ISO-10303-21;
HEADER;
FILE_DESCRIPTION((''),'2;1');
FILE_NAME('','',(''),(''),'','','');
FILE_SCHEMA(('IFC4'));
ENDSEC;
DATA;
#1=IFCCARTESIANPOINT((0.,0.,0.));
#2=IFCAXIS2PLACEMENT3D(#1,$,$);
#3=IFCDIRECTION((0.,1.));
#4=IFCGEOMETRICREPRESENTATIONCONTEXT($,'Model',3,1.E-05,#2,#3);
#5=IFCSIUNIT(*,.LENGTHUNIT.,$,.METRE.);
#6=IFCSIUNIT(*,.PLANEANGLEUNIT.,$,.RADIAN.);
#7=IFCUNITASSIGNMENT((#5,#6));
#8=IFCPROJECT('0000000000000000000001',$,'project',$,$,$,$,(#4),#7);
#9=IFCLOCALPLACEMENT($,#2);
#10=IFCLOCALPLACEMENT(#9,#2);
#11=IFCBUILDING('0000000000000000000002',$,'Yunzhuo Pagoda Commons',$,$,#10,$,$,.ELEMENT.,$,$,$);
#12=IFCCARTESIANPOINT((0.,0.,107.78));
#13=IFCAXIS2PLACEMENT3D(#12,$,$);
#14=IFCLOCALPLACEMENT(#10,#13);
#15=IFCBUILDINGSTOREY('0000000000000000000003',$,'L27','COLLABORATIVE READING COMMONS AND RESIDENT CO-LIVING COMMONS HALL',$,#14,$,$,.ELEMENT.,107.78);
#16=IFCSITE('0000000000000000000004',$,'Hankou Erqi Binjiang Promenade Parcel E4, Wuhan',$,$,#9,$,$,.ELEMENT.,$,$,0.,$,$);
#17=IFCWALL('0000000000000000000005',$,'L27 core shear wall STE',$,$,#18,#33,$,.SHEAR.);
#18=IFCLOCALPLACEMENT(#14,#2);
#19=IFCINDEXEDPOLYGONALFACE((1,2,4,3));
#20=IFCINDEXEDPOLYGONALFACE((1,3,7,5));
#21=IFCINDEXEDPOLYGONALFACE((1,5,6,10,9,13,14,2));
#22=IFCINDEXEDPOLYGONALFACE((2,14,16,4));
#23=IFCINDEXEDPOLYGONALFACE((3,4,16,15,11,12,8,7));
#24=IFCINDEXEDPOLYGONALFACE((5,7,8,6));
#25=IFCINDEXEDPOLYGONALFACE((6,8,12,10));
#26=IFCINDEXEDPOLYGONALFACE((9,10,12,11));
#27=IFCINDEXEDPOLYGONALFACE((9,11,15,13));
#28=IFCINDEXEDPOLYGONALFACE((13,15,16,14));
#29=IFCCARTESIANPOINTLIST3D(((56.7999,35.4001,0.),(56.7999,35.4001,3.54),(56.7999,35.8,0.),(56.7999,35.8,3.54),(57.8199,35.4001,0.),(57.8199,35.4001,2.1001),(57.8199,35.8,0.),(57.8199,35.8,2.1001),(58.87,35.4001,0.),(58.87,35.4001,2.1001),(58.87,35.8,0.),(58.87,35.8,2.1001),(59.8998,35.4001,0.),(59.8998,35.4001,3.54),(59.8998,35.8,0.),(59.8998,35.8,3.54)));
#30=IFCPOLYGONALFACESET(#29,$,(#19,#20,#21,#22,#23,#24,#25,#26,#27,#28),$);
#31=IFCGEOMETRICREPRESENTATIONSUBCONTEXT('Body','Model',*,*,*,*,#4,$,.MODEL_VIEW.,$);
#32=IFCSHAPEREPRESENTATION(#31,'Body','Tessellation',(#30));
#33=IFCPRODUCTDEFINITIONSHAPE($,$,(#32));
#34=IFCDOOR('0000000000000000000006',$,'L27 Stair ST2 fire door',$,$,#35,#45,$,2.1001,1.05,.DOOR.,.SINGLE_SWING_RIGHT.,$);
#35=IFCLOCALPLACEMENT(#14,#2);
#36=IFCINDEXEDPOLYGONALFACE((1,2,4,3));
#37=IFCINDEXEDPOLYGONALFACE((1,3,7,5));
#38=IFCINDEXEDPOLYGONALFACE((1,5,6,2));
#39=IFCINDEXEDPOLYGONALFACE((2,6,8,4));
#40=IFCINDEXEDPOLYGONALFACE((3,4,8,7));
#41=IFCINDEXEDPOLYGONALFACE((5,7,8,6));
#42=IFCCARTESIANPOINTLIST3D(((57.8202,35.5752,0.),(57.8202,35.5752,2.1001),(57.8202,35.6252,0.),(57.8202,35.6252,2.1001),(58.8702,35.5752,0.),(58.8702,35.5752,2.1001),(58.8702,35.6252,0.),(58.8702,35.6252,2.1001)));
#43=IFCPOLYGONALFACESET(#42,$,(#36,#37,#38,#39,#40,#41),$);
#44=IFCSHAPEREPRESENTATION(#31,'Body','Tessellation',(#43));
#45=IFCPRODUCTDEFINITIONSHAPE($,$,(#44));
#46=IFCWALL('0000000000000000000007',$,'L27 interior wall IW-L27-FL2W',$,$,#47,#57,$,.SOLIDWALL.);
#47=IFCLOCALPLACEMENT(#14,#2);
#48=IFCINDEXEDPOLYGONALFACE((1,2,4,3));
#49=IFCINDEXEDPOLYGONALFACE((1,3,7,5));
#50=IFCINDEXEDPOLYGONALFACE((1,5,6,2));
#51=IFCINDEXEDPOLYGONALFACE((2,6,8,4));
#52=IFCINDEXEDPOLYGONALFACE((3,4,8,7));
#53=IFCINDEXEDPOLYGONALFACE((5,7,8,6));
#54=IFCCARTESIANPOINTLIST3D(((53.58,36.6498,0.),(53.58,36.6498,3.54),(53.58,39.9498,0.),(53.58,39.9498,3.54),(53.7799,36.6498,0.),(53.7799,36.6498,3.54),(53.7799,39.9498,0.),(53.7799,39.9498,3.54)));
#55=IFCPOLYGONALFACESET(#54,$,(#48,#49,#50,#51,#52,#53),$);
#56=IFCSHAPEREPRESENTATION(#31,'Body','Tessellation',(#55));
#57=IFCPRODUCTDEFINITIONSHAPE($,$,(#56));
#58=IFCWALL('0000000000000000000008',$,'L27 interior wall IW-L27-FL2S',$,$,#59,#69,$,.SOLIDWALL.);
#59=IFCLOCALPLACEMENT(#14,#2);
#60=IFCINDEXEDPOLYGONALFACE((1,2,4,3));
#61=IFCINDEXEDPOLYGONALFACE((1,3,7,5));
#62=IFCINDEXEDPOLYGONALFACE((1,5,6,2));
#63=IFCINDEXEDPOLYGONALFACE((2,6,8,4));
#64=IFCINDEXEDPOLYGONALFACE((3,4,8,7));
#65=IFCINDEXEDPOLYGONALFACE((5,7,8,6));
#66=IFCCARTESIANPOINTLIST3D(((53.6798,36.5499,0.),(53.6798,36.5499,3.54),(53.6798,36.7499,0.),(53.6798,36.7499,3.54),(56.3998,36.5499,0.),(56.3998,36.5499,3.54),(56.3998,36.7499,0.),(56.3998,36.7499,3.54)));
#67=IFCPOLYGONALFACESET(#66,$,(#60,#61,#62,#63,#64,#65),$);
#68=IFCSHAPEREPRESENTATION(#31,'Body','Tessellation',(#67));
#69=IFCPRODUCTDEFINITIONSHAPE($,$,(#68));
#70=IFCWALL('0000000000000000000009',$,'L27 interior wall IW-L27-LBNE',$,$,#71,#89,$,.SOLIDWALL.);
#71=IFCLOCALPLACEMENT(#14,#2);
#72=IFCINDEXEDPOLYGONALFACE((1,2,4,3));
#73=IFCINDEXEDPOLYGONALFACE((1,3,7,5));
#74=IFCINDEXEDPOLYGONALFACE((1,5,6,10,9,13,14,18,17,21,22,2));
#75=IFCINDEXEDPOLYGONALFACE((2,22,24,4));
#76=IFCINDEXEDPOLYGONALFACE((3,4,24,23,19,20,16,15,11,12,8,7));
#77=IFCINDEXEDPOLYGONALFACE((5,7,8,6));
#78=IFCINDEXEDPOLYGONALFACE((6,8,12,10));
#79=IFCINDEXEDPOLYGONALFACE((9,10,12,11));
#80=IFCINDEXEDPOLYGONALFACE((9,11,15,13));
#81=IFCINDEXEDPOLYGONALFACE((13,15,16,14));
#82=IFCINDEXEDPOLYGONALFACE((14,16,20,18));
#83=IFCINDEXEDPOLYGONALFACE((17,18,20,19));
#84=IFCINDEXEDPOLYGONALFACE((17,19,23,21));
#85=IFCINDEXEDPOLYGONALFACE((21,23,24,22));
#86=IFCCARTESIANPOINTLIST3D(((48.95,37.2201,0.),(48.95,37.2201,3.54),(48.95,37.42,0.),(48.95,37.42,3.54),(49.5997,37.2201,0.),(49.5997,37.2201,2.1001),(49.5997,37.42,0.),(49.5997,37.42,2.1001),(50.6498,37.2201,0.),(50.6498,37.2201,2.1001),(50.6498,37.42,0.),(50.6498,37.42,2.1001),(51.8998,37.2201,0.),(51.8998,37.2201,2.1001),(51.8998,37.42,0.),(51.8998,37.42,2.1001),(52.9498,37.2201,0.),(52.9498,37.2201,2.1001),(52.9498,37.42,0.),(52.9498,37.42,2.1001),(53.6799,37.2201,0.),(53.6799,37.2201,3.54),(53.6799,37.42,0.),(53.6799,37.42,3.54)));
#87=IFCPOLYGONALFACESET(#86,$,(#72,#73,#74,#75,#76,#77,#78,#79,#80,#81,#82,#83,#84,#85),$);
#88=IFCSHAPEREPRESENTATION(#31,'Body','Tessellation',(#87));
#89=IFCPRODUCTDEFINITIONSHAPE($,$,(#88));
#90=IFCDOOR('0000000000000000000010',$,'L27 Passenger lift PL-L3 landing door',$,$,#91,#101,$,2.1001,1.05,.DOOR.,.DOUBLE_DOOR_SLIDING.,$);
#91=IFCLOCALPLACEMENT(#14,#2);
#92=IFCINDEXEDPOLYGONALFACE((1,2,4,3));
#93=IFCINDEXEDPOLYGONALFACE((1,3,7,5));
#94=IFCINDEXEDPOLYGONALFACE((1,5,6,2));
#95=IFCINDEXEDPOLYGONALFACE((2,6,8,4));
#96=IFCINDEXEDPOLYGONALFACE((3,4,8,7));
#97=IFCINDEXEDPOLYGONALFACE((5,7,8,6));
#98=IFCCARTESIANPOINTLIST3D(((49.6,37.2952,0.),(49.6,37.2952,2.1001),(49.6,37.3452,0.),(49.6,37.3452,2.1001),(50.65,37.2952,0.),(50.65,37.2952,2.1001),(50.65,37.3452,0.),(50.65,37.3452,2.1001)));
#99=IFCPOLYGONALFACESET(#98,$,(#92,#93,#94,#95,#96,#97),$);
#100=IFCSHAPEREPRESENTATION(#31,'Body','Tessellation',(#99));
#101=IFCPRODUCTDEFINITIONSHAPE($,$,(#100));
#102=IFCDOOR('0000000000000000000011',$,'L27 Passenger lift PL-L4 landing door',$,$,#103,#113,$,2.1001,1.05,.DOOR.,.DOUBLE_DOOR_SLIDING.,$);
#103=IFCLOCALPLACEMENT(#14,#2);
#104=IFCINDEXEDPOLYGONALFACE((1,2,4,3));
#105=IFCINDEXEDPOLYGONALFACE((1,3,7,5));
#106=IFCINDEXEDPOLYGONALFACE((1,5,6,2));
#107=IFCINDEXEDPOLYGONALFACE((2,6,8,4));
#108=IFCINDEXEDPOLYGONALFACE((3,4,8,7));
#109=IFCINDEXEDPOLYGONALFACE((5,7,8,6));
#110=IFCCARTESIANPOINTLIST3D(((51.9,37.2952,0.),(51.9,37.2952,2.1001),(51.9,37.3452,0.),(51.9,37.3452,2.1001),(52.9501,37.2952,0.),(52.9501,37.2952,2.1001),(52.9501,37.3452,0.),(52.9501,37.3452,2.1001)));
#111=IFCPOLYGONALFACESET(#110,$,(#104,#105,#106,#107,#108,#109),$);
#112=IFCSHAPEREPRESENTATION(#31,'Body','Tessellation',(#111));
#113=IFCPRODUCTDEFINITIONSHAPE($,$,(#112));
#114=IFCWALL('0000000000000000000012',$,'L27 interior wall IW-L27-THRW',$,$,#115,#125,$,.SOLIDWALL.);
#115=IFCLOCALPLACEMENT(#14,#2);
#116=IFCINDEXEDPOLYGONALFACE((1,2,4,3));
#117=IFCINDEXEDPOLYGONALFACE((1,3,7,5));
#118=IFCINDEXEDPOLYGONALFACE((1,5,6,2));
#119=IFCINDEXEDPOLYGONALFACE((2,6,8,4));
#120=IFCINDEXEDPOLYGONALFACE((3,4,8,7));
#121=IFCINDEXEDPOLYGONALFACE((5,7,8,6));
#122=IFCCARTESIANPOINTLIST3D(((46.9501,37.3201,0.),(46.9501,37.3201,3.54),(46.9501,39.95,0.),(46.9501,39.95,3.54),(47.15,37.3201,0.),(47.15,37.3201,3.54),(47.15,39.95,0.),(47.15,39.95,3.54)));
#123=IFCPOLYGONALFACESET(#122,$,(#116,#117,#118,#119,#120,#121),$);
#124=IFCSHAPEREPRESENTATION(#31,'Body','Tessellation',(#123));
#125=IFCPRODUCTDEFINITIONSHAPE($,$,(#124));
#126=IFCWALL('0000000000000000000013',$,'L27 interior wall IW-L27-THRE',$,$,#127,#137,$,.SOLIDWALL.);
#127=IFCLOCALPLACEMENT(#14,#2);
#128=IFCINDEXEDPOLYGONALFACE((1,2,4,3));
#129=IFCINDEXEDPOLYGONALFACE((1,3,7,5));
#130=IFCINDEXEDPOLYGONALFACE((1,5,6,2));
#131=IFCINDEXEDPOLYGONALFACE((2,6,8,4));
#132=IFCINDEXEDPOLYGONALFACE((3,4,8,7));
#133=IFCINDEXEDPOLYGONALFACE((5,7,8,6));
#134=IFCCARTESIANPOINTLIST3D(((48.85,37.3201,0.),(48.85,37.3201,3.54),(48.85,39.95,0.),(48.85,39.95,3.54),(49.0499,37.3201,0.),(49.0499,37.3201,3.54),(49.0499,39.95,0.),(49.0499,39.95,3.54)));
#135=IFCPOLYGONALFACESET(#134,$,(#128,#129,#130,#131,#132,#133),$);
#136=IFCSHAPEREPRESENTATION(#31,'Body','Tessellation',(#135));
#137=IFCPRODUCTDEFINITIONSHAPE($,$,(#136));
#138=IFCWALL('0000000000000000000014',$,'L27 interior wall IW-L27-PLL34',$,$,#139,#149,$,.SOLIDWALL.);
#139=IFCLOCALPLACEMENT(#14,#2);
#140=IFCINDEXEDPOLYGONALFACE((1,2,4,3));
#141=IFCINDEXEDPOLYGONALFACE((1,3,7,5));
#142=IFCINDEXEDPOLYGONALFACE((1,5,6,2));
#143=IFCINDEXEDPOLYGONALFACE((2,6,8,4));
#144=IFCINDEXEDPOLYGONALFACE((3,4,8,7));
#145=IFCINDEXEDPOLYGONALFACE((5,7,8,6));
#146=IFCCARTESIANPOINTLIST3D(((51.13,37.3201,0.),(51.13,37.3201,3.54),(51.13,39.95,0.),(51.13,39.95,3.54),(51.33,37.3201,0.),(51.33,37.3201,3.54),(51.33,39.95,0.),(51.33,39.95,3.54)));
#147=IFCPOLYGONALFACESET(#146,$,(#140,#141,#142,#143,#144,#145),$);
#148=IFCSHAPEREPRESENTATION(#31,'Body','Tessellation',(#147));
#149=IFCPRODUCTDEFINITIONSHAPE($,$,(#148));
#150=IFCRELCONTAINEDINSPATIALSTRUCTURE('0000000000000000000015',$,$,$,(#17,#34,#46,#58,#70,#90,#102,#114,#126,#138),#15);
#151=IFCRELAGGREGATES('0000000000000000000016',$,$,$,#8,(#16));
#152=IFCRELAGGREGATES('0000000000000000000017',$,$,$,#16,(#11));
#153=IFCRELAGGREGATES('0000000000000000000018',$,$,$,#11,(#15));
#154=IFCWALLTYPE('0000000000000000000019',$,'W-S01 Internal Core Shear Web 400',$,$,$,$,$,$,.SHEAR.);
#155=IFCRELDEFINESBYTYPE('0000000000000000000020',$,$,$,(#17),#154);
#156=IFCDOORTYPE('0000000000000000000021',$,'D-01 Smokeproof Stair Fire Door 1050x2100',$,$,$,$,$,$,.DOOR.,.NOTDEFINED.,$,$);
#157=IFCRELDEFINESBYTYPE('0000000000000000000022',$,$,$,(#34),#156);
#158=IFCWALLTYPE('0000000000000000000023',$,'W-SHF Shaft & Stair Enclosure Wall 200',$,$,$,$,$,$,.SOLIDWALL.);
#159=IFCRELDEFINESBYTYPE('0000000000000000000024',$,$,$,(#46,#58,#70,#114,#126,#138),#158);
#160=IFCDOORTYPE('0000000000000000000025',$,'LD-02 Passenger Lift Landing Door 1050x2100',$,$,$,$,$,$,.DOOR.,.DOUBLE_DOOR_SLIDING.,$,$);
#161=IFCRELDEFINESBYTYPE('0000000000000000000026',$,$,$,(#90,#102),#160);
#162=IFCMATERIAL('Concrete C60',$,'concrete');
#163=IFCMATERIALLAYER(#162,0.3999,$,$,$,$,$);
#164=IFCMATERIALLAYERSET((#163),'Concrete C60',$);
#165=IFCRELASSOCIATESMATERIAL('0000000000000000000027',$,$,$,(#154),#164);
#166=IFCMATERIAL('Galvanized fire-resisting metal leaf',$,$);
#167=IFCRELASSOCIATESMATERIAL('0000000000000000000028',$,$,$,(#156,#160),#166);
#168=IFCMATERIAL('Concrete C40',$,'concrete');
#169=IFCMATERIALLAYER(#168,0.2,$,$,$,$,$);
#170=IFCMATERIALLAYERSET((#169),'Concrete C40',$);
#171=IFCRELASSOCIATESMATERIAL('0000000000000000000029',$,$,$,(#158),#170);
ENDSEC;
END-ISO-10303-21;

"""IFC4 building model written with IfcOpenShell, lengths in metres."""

from ifc_helpers import new_model, si_unit, direction, frame, frame_2d, origin, place, context, subcontext, project, spatial, rectangle, extrude, source, transform, mapped, material, layer, layer_set, type_object, element, fill, save


model = new_model("IFC4")

# Units and contexts
model_context = context("Model", 3, precision=1e-05, world=origin(), true_north=direction((0.0, 1.0)))
body_context = subcontext(model_context, "Body", "Model", "MODEL_VIEW")
ifc_project = project(units=[si_unit("LENGTHUNIT", "METRE"), si_unit("PLANEANGLEUNIT", "RADIAN")], contexts=[model_context])

# Site, building, storey
site_placement = place(None, origin())
site = spatial("IfcSite", under=ifc_project, at=site_placement, Name="Hankou Erqi Binjiang Promenade Parcel E4, Wuhan", CompositionType="ELEMENT", RefElevation=0.0)
building_placement = place(site_placement, origin())
building = spatial("IfcBuilding", under=site, at=building_placement, Name="Yunzhuo Pagoda Commons", CompositionType="ELEMENT")
storey_placement = place(building_placement, frame((0.0, 0.0, 107.78)))
storey = spatial("IfcBuildingStorey", under=building, at=storey_placement, Name="L27", Description="COLLABORATIVE READING COMMONS AND RESIDENT CO-LIVING COMMONS HALL", CompositionType="ELEMENT", Elevation=107.78)

# Shared definitions
ifc_material_1 = material(Name="Concrete C60", Category="concrete")
ifc_material_2 = material(Name="Galvanized fire-resisting metal leaf")
shared_shape_1 = source(origin(), body_context, "Body", "SweptSolid", [
    extrude(rectangle(XDim=1.05, YDim=2.1001, at=frame_2d((0.5249, 1.05))), frame((0.0, 0.0249, 0.0), z_axis=(0.0, -1.0, 0.0), x_axis=(1.0, 0.0, 0.0)), (0.0, 0.0, 1.0), 0.05),
])

# Wall, opening, door
ifc_layer_1 = layer(ifc_material_1, 0.3999)
ifc_layer_set_1 = layer_set([ifc_layer_1], Name="Concrete C60")
wall_type_1 = type_object("IfcWallType", Name="W-S01 Internal Core Shear Web 400", PredefinedType="SHEAR", material=ifc_layer_set_1)
wall_1_placement = place(storey_placement, frame((56.8, 35.6001, 0.0), z_axis=(0.0, 0.0, 1.0), x_axis=(1.0, 0.0, 0.0)))
wall_1 = element("IfcWall", 1, at=wall_1_placement, inside=storey, type_object=wall_type_1, Name="L27 core shear wall STE", PredefinedType="SHEAR", context=body_context, shape_type="SweptSolid", body=[
    extrude(rectangle(XDim=3.0999, YDim=0.3999, at=frame_2d((1.5498, 0.0))), origin(), (0.0, 0.0, 1.0), 3.54),
])
opening_1_placement = place(wall_1_placement, frame((1.02, 0.0, 0.0)))
opening_1 = element("IfcOpeningElement", 2, at=opening_1_placement, cuts=wall_1, PredefinedType="OPENING", context=body_context, shape_type="SweptSolid", body=[
    extrude(rectangle(XDim=1.05, YDim=2.1001, at=frame_2d((0.5249, 1.05))), frame((0.0, 0.21, 0.0), z_axis=(0.0, -1.0, 0.0), x_axis=(1.0, 0.0, 0.0)), (0.0, 0.0, 1.0), 0.4199),
])
door_type_1 = type_object("IfcDoorType", Name="D-01 Smokeproof Stair Fire Door 1050x2100", OperationType="NOTDEFINED", PredefinedType="DOOR", material=ifc_material_2)
door_1_placement = place(opening_1_placement, frame((1.05, 0.0, 0.0), z_axis=(0.0, 0.0, 1.0), x_axis=(-1.0, 0.0, 0.0)))
door_1 = element("IfcDoor", 3, at=door_1_placement, inside=storey, type_object=door_type_1, Name="L27 Stair ST2 fire door", OperationType="SINGLE_SWING_RIGHT", OverallHeight=2.1001, OverallWidth=1.05, PredefinedType="DOOR", context=body_context, shape_type="MappedRepresentation", body=[
    mapped(shared_shape_1, transform((0.0, 0.0, 0.0), scale=1.0)),
])
fill(opening_1, door_1)

# Walls
ifc_material_3 = material(Name="Concrete C40", Category="concrete")
ifc_layer_2 = layer(ifc_material_3, 0.2)
ifc_layer_set_2 = layer_set([ifc_layer_2], Name="Concrete C40")
wall_type_2 = type_object("IfcWallType", Name="W-SHF Shaft & Stair Enclosure Wall 200", PredefinedType="SOLIDWALL", material=ifc_layer_set_2)
wall_2_placement = place(storey_placement, frame((53.6799, 36.6499, 0.0), z_axis=(0.0, 0.0, 1.0), x_axis=(0.0, 1.0, 0.0)))
element("IfcWall", 4, at=wall_2_placement, inside=storey, type_object=wall_type_2, Name="L27 interior wall IW-L27-FL2W", PredefinedType="SOLIDWALL", context=body_context, shape_type="SweptSolid", body=[
    extrude(rectangle(XDim=3.3, YDim=0.2, at=frame_2d((1.6499, 0.0))), origin(), (0.0, 0.0, 1.0), 3.54),
])
wall_3_placement = place(storey_placement, frame((53.6799, 36.6499, 0.0), z_axis=(0.0, 0.0, 1.0), x_axis=(1.0, 0.0, 0.0)))
element("IfcWall", 5, at=wall_3_placement, inside=storey, type_object=wall_type_2, Name="L27 interior wall IW-L27-FL2S", PredefinedType="SOLIDWALL", context=body_context, shape_type="SweptSolid", body=[
    extrude(rectangle(XDim=2.72, YDim=0.2, at=frame_2d((1.3599, 0.0))), origin(), (0.0, 0.0, 1.0), 3.54),
])

# Wall, openings, doors
wall_4_placement = place(storey_placement, frame((48.95, 37.3201, 0.0), z_axis=(0.0, 0.0, 1.0), x_axis=(1.0, 0.0, 0.0)))
wall_4 = element("IfcWall", 6, at=wall_4_placement, inside=storey, type_object=wall_type_2, Name="L27 interior wall IW-L27-LBNE", PredefinedType="SOLIDWALL", context=body_context, shape_type="SweptSolid", body=[
    extrude(rectangle(XDim=4.73, YDim=0.2, at=frame_2d((2.365, 0.0))), origin(), (0.0, 0.0, 1.0), 3.54),
])
opening_2_placement = place(wall_4_placement, frame((0.6499, 0.0, 0.0)))
opening_2 = element("IfcOpeningElement", 7, at=opening_2_placement, cuts=wall_4, PredefinedType="OPENING", context=body_context, shape_type="SweptSolid", body=[
    extrude(rectangle(XDim=1.05, YDim=2.1001, at=frame_2d((0.5249, 1.05))), frame((0.0, 0.1099, 0.0), z_axis=(0.0, -1.0, 0.0), x_axis=(1.0, 0.0, 0.0)), (0.0, 0.0, 1.0), 0.22),
])
opening_3_placement = place(wall_4_placement, frame((2.95, 0.0, 0.0)))
opening_3 = element("IfcOpeningElement", 8, at=opening_3_placement, cuts=wall_4, PredefinedType="OPENING", context=body_context, shape_type="SweptSolid", body=[
    extrude(rectangle(XDim=1.05, YDim=2.1001, at=frame_2d((0.5249, 1.05))), frame((0.0, 0.1099, 0.0), z_axis=(0.0, -1.0, 0.0), x_axis=(1.0, 0.0, 0.0)), (0.0, 0.0, 1.0), 0.22),
])
door_type_2 = type_object("IfcDoorType", Name="LD-02 Passenger Lift Landing Door 1050x2100", OperationType="DOUBLE_DOOR_SLIDING", PredefinedType="DOOR", material=ifc_material_2)
door_2_placement = place(opening_2_placement, frame((1.05, 0.0, 0.0), z_axis=(0.0, 0.0, 1.0), x_axis=(-1.0, 0.0, 0.0)))
door_2 = element("IfcDoor", 9, at=door_2_placement, inside=storey, type_object=door_type_2, Name="L27 Passenger lift PL-L3 landing door", OperationType="DOUBLE_DOOR_SLIDING", OverallHeight=2.1001, OverallWidth=1.05, PredefinedType="DOOR", context=body_context, shape_type="MappedRepresentation", body=[
    mapped(shared_shape_1, transform((0.0, 0.0, 0.0), scale=1.0)),
])
fill(opening_2, door_2)
door_3_placement = place(opening_3_placement, frame((1.05, 0.0, 0.0), z_axis=(0.0, 0.0, 1.0), x_axis=(-1.0, 0.0, 0.0)))
door_3 = element("IfcDoor", 10, at=door_3_placement, inside=storey, type_object=door_type_2, Name="L27 Passenger lift PL-L4 landing door", OperationType="DOUBLE_DOOR_SLIDING", OverallHeight=2.1001, OverallWidth=1.05, PredefinedType="DOOR", context=body_context, shape_type="MappedRepresentation", body=[
    mapped(shared_shape_1, transform((0.0, 0.0, 0.0), scale=1.0)),
])
fill(opening_3, door_3)

# Walls
for number, where, z_axis, x_axis, name in (
    (11, (47.05, 37.3201, 0.0), (0.0, 0.0, 1.0), (0.0, 1.0, 0.0), "L27 interior wall IW-L27-THRW"),
    (12, (48.95, 37.3201, 0.0), (0.0, 0.0, 1.0), (0.0, 1.0, 0.0), "L27 interior wall IW-L27-THRE"),
    (13, (51.23, 37.3201, 0.0), (0.0, 0.0, 1.0), (0.0, 1.0, 0.0), "L27 interior wall IW-L27-PLL34"),
):
    element("IfcWall", number, at=place(storey_placement, frame(where, z_axis=z_axis, x_axis=x_axis)), inside=storey, type_object=wall_type_2, Name=name, PredefinedType="SOLIDWALL", context=body_context, shape_type="SweptSolid", body=[
        extrude(rectangle(XDim=2.6299, YDim=0.2, at=frame_2d((1.3149, 0.0))), origin(), (0.0, 0.0, 1.0), 3.54),
    ])

save(model, "model.ifc")
